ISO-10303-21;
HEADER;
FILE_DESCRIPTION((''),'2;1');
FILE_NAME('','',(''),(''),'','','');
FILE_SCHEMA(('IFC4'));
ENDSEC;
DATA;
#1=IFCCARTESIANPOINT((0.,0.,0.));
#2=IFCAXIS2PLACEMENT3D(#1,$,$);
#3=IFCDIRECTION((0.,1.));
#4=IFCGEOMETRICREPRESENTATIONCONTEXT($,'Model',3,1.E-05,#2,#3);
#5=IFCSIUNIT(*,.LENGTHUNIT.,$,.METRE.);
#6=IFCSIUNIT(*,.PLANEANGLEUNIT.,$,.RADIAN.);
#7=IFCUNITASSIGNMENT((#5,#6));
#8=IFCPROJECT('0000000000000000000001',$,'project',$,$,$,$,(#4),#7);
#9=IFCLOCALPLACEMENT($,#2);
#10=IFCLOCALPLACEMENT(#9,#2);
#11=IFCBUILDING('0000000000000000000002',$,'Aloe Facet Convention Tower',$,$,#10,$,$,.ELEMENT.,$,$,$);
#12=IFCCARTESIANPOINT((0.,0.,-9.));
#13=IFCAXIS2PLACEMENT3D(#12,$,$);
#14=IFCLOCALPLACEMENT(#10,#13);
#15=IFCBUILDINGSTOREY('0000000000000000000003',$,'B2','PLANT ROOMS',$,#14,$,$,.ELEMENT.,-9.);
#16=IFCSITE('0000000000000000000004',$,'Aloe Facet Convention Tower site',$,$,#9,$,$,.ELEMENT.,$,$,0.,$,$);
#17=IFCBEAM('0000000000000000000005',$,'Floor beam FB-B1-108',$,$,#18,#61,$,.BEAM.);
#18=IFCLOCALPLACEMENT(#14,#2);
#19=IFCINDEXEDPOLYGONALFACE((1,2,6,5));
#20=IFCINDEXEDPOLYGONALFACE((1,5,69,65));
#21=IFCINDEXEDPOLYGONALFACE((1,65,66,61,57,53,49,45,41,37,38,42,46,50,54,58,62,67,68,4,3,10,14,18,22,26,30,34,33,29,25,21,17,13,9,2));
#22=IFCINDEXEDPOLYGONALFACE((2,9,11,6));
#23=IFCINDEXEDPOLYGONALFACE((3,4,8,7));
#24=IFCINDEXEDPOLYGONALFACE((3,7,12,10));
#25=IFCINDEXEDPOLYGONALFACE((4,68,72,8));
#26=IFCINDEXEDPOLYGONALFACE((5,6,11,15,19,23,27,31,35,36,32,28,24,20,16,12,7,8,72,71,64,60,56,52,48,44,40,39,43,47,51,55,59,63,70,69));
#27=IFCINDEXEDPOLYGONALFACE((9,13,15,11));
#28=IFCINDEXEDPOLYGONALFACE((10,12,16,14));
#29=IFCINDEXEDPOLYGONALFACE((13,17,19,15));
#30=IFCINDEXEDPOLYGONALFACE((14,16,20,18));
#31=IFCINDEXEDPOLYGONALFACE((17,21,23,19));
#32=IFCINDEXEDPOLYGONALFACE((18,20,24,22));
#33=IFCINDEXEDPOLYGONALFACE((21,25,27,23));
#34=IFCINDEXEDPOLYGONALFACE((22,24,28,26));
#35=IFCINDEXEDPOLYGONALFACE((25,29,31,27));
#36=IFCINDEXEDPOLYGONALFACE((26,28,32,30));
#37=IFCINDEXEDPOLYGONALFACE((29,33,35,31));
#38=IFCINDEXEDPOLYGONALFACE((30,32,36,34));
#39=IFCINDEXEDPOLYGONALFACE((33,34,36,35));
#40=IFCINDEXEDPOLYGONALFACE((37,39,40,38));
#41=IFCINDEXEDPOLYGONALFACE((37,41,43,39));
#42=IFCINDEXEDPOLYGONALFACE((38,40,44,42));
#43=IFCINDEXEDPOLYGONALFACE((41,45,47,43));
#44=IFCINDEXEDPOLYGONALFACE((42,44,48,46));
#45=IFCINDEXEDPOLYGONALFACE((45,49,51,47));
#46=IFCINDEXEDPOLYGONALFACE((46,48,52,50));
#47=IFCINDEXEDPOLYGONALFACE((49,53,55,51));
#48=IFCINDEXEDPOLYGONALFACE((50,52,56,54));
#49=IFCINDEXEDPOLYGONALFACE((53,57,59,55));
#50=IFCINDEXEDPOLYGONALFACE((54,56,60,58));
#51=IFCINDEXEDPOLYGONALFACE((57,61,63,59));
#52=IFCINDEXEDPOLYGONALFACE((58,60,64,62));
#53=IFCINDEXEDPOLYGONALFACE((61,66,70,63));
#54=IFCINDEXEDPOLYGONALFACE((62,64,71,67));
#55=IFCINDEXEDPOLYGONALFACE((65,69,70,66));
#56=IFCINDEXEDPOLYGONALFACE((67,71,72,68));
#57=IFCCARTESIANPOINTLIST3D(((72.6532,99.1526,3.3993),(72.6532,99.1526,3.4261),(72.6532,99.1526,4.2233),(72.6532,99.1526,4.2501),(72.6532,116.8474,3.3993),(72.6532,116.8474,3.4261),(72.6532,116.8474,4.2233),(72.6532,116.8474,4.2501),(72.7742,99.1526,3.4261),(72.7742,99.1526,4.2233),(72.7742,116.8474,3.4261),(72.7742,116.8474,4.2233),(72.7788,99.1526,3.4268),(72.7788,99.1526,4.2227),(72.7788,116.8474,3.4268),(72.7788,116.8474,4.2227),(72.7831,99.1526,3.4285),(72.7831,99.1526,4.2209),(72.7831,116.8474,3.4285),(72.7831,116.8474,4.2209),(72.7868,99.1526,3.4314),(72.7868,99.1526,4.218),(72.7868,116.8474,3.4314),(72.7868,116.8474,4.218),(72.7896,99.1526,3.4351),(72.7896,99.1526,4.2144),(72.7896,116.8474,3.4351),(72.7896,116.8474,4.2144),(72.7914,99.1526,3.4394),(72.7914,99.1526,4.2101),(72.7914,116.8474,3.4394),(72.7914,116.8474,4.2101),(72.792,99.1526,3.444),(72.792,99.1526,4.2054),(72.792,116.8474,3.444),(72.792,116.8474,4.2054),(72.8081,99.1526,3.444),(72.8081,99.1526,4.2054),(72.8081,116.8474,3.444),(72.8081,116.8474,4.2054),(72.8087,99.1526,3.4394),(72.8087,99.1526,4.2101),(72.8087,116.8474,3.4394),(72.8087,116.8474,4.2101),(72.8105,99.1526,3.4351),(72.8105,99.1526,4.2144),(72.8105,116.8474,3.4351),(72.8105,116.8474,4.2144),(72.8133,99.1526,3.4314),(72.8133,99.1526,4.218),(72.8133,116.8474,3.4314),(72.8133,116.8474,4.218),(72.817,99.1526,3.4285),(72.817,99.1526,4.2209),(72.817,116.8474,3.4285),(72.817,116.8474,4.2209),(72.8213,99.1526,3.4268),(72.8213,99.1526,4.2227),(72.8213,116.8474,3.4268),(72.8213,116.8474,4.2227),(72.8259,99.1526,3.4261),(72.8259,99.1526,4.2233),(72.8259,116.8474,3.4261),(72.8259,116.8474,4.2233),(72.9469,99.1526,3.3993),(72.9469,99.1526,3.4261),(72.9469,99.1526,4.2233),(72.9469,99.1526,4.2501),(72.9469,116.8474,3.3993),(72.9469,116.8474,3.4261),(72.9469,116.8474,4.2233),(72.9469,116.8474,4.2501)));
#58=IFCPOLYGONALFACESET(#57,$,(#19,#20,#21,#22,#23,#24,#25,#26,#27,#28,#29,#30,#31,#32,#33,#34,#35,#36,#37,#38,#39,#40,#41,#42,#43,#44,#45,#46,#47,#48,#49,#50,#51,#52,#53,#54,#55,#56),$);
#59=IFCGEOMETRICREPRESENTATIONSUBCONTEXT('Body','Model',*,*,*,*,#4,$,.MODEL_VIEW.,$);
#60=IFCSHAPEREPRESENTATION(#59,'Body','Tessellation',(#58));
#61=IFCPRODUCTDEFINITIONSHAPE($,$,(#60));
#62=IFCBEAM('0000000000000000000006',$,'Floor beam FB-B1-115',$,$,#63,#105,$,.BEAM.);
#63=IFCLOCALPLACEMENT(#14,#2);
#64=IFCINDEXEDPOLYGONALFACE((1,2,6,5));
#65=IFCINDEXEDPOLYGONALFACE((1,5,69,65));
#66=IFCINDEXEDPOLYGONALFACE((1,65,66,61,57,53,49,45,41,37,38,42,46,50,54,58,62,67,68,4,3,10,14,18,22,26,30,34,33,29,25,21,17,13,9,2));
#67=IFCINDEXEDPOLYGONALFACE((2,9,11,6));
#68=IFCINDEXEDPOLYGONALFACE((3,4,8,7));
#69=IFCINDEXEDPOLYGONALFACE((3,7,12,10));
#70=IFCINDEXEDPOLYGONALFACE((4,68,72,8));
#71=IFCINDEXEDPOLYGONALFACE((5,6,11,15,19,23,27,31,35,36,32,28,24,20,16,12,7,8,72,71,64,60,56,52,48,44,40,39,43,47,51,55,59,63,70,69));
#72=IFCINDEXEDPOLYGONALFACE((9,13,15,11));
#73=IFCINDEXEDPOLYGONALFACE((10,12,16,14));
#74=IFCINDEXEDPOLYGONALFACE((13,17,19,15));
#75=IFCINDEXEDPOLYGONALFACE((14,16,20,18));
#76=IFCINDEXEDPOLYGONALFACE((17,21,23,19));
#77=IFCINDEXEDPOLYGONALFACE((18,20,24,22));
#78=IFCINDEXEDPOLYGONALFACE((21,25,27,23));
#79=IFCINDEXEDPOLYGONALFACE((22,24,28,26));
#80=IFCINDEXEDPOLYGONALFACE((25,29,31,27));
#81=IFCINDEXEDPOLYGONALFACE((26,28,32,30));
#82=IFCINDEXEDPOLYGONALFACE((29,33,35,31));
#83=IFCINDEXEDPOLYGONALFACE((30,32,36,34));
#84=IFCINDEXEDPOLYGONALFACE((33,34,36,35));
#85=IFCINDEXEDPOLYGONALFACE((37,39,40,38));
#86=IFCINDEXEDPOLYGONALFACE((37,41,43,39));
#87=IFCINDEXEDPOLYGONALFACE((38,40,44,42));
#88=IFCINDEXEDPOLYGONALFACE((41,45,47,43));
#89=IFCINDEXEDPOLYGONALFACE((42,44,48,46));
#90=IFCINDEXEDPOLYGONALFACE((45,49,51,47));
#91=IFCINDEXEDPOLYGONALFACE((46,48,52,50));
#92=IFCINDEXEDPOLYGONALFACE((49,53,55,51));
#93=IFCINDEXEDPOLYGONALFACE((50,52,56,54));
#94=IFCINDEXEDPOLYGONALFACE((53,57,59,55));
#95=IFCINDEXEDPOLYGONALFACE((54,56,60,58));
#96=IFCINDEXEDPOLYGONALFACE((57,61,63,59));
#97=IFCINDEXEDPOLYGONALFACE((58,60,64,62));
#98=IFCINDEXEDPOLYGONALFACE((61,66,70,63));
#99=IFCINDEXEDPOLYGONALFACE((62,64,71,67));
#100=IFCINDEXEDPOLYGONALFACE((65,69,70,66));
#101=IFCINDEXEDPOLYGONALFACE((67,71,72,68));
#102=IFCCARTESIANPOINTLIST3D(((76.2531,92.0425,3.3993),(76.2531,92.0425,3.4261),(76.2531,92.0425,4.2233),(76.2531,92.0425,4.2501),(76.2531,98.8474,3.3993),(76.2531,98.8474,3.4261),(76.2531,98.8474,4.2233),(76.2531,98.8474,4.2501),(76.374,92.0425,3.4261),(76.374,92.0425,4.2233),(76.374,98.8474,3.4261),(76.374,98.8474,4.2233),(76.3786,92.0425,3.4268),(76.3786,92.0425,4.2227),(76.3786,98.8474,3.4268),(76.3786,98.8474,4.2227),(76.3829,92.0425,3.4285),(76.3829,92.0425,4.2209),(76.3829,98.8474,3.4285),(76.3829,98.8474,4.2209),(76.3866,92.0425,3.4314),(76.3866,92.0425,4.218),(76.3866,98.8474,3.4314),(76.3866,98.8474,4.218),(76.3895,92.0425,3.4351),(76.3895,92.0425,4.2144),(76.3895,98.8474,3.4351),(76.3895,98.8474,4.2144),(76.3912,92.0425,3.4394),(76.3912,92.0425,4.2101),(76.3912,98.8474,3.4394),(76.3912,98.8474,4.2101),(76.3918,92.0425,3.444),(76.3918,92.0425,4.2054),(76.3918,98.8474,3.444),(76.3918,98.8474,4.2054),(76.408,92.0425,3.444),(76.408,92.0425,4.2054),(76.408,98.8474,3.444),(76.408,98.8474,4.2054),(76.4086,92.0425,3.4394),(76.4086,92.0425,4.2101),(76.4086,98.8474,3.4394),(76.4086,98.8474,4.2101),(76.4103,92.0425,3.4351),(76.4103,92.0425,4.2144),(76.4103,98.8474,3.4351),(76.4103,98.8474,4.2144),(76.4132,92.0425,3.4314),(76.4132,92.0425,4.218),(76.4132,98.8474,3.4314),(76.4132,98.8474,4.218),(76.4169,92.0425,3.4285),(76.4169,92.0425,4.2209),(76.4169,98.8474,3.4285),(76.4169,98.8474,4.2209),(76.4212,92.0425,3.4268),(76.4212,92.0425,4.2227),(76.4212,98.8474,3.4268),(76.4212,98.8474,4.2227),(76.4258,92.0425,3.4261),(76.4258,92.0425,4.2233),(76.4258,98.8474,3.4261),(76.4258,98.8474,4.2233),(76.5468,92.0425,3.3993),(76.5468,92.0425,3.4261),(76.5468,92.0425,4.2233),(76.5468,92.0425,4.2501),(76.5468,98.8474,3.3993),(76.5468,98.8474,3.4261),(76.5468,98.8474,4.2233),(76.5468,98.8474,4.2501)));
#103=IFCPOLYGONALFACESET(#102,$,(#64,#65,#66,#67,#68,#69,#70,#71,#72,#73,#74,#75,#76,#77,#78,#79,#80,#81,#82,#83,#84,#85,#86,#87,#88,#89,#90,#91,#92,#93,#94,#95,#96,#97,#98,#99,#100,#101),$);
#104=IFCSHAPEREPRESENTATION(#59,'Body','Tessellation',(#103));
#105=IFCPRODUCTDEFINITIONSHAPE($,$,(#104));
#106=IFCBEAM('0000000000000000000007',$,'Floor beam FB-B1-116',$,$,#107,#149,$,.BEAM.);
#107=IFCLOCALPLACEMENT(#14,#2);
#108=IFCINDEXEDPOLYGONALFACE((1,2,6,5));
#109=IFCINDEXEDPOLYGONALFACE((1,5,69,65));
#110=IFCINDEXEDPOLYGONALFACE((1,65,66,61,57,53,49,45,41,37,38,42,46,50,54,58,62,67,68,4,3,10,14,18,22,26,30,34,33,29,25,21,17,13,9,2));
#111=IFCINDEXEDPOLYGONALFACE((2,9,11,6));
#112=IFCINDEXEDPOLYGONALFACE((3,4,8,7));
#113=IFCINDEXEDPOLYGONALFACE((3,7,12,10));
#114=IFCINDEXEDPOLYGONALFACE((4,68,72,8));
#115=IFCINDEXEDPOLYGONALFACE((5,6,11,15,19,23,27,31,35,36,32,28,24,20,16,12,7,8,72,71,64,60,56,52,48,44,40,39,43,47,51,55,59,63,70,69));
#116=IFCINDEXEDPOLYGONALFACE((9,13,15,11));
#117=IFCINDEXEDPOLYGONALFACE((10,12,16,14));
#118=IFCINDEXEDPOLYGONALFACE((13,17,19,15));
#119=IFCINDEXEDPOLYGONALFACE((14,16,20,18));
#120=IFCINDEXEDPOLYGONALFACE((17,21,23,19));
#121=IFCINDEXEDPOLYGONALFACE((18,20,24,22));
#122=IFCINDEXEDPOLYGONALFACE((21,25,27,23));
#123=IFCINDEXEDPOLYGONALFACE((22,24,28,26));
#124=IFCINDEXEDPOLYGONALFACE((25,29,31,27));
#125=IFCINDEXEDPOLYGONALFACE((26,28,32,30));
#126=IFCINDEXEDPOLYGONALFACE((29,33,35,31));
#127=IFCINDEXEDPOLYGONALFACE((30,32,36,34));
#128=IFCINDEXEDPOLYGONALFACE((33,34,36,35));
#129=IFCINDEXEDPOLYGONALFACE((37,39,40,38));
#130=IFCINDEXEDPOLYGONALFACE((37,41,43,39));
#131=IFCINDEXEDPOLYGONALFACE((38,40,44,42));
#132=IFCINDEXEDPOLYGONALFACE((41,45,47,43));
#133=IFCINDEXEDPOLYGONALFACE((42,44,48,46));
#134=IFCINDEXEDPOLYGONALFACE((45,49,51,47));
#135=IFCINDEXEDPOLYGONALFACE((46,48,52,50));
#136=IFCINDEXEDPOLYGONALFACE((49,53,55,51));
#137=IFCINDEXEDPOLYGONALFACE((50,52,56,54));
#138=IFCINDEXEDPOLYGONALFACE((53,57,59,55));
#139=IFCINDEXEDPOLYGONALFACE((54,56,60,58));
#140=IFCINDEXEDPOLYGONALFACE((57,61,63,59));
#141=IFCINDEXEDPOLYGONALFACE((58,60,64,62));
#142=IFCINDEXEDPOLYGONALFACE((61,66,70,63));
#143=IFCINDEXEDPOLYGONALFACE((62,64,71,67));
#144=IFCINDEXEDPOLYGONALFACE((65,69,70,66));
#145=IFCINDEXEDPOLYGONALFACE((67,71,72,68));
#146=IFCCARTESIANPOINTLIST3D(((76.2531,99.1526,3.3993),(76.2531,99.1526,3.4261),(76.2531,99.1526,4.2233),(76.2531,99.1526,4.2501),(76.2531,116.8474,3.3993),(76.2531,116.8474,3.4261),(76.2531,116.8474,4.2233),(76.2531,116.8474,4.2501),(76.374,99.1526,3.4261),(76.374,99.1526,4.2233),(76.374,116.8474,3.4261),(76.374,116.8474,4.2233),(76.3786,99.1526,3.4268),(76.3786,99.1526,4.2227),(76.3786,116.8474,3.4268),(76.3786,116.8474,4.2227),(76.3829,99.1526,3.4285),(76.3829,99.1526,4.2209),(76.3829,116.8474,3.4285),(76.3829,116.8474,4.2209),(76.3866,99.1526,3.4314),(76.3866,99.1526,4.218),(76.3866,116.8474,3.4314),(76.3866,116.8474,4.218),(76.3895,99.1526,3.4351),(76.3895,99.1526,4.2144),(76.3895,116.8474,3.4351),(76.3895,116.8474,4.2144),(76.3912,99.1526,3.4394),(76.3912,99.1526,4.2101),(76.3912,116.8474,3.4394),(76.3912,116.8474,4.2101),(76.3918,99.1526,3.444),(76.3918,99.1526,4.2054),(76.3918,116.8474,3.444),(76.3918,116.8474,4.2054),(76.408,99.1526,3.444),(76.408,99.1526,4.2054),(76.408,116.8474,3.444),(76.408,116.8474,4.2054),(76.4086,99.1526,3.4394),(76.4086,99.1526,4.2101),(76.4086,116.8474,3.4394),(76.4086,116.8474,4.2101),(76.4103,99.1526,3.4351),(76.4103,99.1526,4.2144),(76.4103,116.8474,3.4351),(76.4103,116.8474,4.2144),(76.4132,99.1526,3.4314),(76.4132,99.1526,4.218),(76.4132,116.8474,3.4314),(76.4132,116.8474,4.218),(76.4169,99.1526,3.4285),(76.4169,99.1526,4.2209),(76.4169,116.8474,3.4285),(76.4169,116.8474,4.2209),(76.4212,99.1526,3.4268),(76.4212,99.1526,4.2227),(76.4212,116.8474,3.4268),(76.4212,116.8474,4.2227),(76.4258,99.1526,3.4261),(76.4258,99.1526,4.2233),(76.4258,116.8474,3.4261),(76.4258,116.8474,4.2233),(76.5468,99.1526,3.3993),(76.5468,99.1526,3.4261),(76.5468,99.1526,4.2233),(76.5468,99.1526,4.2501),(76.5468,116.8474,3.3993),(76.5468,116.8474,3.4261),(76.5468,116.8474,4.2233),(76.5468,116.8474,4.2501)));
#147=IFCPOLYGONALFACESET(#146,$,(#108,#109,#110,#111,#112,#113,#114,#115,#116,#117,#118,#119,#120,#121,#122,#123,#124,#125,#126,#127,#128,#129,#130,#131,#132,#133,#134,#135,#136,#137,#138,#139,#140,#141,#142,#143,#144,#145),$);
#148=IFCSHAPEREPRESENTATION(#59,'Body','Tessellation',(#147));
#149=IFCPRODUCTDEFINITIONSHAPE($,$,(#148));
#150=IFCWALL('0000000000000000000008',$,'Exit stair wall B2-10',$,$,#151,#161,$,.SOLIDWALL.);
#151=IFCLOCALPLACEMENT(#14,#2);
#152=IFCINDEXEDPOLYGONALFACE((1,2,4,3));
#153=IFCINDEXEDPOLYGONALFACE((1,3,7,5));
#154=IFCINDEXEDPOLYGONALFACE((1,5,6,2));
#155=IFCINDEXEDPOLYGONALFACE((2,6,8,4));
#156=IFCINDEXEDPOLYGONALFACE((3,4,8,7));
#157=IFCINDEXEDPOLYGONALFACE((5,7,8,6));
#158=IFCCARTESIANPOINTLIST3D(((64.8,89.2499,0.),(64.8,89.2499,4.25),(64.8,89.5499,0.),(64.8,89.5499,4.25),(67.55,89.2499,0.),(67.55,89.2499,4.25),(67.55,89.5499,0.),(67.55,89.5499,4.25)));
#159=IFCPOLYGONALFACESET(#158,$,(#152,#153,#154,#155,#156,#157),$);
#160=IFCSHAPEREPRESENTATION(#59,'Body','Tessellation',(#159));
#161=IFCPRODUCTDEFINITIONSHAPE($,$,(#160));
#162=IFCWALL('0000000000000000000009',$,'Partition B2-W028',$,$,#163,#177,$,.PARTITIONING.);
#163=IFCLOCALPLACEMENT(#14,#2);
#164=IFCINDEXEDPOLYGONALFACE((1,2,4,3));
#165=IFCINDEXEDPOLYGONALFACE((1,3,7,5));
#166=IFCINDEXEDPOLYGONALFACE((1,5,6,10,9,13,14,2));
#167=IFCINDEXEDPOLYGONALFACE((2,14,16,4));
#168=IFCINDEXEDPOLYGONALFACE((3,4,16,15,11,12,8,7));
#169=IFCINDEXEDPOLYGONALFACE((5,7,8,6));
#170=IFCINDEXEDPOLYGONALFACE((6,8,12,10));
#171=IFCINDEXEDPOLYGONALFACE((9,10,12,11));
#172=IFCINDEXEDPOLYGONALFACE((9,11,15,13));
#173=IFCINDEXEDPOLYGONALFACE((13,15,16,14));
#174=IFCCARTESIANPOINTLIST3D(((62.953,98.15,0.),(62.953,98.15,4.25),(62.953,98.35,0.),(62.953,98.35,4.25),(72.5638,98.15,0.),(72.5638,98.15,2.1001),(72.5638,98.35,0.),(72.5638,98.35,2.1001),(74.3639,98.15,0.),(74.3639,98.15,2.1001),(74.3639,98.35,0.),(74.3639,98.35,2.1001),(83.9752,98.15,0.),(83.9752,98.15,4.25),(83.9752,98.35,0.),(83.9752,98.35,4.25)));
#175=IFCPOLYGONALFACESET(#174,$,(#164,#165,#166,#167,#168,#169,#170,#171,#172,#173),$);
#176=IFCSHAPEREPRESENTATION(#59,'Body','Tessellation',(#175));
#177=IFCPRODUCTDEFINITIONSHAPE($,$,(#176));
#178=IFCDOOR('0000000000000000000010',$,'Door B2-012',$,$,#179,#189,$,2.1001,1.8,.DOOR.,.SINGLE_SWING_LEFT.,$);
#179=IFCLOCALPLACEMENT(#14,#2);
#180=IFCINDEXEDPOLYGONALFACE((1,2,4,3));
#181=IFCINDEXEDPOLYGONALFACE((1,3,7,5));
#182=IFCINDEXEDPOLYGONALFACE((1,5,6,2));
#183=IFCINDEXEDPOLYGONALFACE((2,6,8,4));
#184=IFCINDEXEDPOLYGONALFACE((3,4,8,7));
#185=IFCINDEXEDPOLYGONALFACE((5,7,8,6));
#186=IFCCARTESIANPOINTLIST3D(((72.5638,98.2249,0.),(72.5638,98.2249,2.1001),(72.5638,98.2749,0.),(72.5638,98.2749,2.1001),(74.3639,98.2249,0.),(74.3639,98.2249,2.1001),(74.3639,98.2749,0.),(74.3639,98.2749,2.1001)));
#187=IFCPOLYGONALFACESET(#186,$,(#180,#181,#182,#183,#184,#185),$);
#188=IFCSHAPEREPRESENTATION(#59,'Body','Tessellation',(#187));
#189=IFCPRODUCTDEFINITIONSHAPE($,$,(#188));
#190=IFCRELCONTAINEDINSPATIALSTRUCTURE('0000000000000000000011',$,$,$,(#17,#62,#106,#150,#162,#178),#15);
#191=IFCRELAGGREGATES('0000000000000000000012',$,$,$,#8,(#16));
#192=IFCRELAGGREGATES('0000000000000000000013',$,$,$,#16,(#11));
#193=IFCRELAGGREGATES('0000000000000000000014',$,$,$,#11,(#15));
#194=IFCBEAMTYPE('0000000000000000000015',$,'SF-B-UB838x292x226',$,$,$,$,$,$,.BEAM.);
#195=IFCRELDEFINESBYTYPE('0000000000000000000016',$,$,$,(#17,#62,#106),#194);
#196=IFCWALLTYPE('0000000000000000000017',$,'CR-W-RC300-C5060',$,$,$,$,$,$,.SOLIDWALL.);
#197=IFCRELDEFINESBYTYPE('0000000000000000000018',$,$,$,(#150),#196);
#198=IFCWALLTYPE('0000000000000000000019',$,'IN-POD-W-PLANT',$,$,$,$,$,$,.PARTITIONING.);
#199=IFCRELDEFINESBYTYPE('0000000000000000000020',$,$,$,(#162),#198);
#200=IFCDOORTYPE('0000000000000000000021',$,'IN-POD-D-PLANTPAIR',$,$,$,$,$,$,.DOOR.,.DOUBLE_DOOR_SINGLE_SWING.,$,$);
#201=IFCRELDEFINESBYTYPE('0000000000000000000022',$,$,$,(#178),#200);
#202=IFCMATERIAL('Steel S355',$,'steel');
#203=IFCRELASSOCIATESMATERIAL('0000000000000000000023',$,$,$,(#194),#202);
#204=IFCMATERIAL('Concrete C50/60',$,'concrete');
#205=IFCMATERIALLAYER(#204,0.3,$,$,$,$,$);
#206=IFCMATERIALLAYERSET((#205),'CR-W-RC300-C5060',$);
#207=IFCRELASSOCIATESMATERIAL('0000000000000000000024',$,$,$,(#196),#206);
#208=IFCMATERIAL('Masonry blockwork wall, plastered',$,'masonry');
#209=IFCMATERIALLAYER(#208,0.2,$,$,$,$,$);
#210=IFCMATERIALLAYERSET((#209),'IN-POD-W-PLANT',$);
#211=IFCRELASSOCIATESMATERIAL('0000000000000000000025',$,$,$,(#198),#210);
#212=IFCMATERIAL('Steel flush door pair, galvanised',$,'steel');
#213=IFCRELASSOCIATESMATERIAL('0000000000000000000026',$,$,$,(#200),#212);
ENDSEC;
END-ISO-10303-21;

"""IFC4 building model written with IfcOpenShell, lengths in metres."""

from ifc_helpers import new_model, si_unit, direction, frame, frame_2d, origin, origin_2d, place, context, subcontext, project, spatial, rectangle, i_section, extrude, material, layer, layer_set, material_profile, profile_set, type_object, element, fill, save


model = new_model("IFC4")

# Units and contexts
model_context = context("Model", 3, precision=1e-05, world=origin(), true_north=direction((0.0, 1.0)))
body_context = subcontext(model_context, "Body", "Model", "MODEL_VIEW")
ifc_project = project(units=[si_unit("LENGTHUNIT", "METRE"), si_unit("PLANEANGLEUNIT", "RADIAN")], contexts=[model_context])

# Site, building, storey
site_placement = place(None, origin())
site = spatial("IfcSite", under=ifc_project, at=site_placement, Name="Aloe Facet Convention Tower site", CompositionType="ELEMENT", RefElevation=0.0)
building_placement = place(site_placement, origin())
building = spatial("IfcBuilding", under=site, at=building_placement, Name="Aloe Facet Convention Tower", CompositionType="ELEMENT")
storey_placement = place(building_placement, frame((0.0, 0.0, -9.0)))
storey = spatial("IfcBuildingStorey", under=building, at=storey_placement, Name="B2", Description="PLANT ROOMS", CompositionType="ELEMENT", Elevation=-9.0)

# Beams
ifc_material_1 = material(Name="Steel S355", Category="steel")
ifc_material_profile_1 = material_profile(ifc_material_1, i_section(OverallWidth=0.2937, OverallDepth=0.8508, WebThickness=0.0161, FlangeThickness=0.0269, FilletRadius=0.0178, at=origin_2d()), Name="UB 838x292x226")
ifc_profile_set_1 = profile_set([ifc_material_profile_1], Name="Steel S355")
beam_type_1 = type_object("IfcBeamType", Name="SF-B-UB838x292x226", PredefinedType="BEAM", material=ifc_profile_set_1)
for number, where, z_axis, x_axis, name in (
    (1, (72.8, 99.1526, 3.8247), (0.0, 1.0, 0.0), (-1.0, 0.0, 0.0), "Floor beam FB-B1-108"),
):
    element("IfcBeam", number, at=place(storey_placement, frame(where, z_axis=z_axis, x_axis=x_axis)), inside=storey, type_object=beam_type_1, Name=name, PredefinedType="BEAM", context=body_context, shape_type="SweptSolid", body=[
        extrude(i_section(OverallWidth=0.2937, OverallDepth=0.8508, WebThickness=0.0161, FlangeThickness=0.0269, FilletRadius=0.0178, at=origin_2d()), origin(), (0.0, 0.0, 1.0), 17.6948),
    ])
beam_1_placement = place(storey_placement, frame((76.3999, 92.0425, 3.8247), z_axis=(0.0, 1.0, 0.0), x_axis=(-1.0, 0.0, 0.0)))
element("IfcBeam", 2, at=beam_1_placement, inside=storey, type_object=beam_type_1, Name="Floor beam FB-B1-115", PredefinedType="BEAM", context=body_context, shape_type="SweptSolid", body=[
    extrude(i_section(OverallWidth=0.2937, OverallDepth=0.8508, WebThickness=0.0161, FlangeThickness=0.0269, FilletRadius=0.0178, at=origin_2d()), origin(), (0.0, 0.0, 1.0), 6.8049),
])
beam_2_placement = place(storey_placement, frame((76.3999, 99.1526, 3.8247), z_axis=(0.0, 1.0, 0.0), x_axis=(-1.0, 0.0, 0.0)))
element("IfcBeam", 3, at=beam_2_placement, inside=storey, type_object=beam_type_1, Name="Floor beam FB-B1-116", PredefinedType="BEAM", context=body_context, shape_type="SweptSolid", body=[
    extrude(i_section(OverallWidth=0.2937, OverallDepth=0.8508, WebThickness=0.0161, FlangeThickness=0.0269, FilletRadius=0.0178, at=origin_2d()), origin(), (0.0, 0.0, 1.0), 17.6948),
])

# Wall
ifc_material_2 = material(Name="Concrete C50/60", Category="concrete")
ifc_layer_1 = layer(ifc_material_2, 0.3)
ifc_layer_set_1 = layer_set([ifc_layer_1], Name="CR-W-RC300-C5060")
wall_type_1 = type_object("IfcWallType", Name="CR-W-RC300-C5060", PredefinedType="SOLIDWALL", material=ifc_layer_set_1)
wall_1_placement = place(storey_placement, frame((64.8, 89.3999, 0.0), z_axis=(0.0, 0.0, 1.0), x_axis=(1.0, 0.0, 0.0)))
element("IfcWall", 4, at=wall_1_placement, inside=storey, type_object=wall_type_1, Name="Exit stair wall B2-10", PredefinedType="SOLIDWALL", context=body_context, shape_type="SweptSolid", body=[
    extrude(rectangle(XDim=2.75, YDim=0.3, at=frame_2d((1.375, 0.0))), origin(), (0.0, 0.0, 1.0), 4.25),
])

# Wall, opening, door
ifc_material_3 = material(Name="Masonry blockwork wall, plastered", Category="masonry")
ifc_layer_2 = layer(ifc_material_3, 0.2)
ifc_layer_set_2 = layer_set([ifc_layer_2], Name="IN-POD-W-PLANT")
wall_type_2 = type_object("IfcWallType", Name="IN-POD-W-PLANT", PredefinedType="PARTITIONING", material=ifc_layer_set_2)
wall_2_placement = place(storey_placement, frame((62.9529, 98.25, 0.0), z_axis=(0.0, 0.0, 1.0), x_axis=(1.0, 0.0, 0.0)))
wall_2 = element("IfcWall", 5, at=wall_2_placement, inside=storey, type_object=wall_type_2, Name="Partition B2-W028", PredefinedType="PARTITIONING", context=body_context, shape_type="SweptSolid", body=[
    extrude(rectangle(XDim=21.0222, YDim=0.2, at=frame_2d((10.5112, 0.0))), origin(), (0.0, 0.0, 1.0), 4.25),
])
opening_1_placement = place(wall_2_placement, frame((9.6111, 0.0, 0.0)))
opening_1 = element("IfcOpeningElement", 6, at=opening_1_placement, cuts=wall_2, PredefinedType="OPENING", context=body_context, shape_type="SweptSolid", body=[
    extrude(rectangle(XDim=1.8, YDim=2.1001, at=frame_2d((0.8999, 1.05))), frame((0.0, 0.1099, 0.0), z_axis=(0.0, -1.0, 0.0), x_axis=(1.0, 0.0, 0.0)), (0.0, 0.0, 1.0), 0.22),
])
ifc_material_4 = material(Name="Steel flush door pair, galvanised", Category="steel")
door_type = type_object("IfcDoorType", Name="IN-POD-D-PLANTPAIR", OperationType="DOUBLE_DOOR_SINGLE_SWING", PredefinedType="DOOR", material=ifc_material_4)
door_1_placement = place(opening_1_placement, origin())
door_1 = element("IfcDoor", 7, at=door_1_placement, inside=storey, type_object=door_type, Name="Door B2-012", OperationType="SINGLE_SWING_LEFT", OverallHeight=2.1001, OverallWidth=1.8, PredefinedType="DOOR", context=body_context, shape_type="SweptSolid", body=[
    extrude(rectangle(XDim=1.8, YDim=2.1001, at=frame_2d((0.8999, 1.05))), frame((0.0, 0.0249, 0.0), z_axis=(0.0, -1.0, 0.0), x_axis=(1.0, 0.0, 0.0)), (0.0, 0.0, 1.0), 0.05),
])
fill(opening_1, door_1)

save(model, "model.ifc")
